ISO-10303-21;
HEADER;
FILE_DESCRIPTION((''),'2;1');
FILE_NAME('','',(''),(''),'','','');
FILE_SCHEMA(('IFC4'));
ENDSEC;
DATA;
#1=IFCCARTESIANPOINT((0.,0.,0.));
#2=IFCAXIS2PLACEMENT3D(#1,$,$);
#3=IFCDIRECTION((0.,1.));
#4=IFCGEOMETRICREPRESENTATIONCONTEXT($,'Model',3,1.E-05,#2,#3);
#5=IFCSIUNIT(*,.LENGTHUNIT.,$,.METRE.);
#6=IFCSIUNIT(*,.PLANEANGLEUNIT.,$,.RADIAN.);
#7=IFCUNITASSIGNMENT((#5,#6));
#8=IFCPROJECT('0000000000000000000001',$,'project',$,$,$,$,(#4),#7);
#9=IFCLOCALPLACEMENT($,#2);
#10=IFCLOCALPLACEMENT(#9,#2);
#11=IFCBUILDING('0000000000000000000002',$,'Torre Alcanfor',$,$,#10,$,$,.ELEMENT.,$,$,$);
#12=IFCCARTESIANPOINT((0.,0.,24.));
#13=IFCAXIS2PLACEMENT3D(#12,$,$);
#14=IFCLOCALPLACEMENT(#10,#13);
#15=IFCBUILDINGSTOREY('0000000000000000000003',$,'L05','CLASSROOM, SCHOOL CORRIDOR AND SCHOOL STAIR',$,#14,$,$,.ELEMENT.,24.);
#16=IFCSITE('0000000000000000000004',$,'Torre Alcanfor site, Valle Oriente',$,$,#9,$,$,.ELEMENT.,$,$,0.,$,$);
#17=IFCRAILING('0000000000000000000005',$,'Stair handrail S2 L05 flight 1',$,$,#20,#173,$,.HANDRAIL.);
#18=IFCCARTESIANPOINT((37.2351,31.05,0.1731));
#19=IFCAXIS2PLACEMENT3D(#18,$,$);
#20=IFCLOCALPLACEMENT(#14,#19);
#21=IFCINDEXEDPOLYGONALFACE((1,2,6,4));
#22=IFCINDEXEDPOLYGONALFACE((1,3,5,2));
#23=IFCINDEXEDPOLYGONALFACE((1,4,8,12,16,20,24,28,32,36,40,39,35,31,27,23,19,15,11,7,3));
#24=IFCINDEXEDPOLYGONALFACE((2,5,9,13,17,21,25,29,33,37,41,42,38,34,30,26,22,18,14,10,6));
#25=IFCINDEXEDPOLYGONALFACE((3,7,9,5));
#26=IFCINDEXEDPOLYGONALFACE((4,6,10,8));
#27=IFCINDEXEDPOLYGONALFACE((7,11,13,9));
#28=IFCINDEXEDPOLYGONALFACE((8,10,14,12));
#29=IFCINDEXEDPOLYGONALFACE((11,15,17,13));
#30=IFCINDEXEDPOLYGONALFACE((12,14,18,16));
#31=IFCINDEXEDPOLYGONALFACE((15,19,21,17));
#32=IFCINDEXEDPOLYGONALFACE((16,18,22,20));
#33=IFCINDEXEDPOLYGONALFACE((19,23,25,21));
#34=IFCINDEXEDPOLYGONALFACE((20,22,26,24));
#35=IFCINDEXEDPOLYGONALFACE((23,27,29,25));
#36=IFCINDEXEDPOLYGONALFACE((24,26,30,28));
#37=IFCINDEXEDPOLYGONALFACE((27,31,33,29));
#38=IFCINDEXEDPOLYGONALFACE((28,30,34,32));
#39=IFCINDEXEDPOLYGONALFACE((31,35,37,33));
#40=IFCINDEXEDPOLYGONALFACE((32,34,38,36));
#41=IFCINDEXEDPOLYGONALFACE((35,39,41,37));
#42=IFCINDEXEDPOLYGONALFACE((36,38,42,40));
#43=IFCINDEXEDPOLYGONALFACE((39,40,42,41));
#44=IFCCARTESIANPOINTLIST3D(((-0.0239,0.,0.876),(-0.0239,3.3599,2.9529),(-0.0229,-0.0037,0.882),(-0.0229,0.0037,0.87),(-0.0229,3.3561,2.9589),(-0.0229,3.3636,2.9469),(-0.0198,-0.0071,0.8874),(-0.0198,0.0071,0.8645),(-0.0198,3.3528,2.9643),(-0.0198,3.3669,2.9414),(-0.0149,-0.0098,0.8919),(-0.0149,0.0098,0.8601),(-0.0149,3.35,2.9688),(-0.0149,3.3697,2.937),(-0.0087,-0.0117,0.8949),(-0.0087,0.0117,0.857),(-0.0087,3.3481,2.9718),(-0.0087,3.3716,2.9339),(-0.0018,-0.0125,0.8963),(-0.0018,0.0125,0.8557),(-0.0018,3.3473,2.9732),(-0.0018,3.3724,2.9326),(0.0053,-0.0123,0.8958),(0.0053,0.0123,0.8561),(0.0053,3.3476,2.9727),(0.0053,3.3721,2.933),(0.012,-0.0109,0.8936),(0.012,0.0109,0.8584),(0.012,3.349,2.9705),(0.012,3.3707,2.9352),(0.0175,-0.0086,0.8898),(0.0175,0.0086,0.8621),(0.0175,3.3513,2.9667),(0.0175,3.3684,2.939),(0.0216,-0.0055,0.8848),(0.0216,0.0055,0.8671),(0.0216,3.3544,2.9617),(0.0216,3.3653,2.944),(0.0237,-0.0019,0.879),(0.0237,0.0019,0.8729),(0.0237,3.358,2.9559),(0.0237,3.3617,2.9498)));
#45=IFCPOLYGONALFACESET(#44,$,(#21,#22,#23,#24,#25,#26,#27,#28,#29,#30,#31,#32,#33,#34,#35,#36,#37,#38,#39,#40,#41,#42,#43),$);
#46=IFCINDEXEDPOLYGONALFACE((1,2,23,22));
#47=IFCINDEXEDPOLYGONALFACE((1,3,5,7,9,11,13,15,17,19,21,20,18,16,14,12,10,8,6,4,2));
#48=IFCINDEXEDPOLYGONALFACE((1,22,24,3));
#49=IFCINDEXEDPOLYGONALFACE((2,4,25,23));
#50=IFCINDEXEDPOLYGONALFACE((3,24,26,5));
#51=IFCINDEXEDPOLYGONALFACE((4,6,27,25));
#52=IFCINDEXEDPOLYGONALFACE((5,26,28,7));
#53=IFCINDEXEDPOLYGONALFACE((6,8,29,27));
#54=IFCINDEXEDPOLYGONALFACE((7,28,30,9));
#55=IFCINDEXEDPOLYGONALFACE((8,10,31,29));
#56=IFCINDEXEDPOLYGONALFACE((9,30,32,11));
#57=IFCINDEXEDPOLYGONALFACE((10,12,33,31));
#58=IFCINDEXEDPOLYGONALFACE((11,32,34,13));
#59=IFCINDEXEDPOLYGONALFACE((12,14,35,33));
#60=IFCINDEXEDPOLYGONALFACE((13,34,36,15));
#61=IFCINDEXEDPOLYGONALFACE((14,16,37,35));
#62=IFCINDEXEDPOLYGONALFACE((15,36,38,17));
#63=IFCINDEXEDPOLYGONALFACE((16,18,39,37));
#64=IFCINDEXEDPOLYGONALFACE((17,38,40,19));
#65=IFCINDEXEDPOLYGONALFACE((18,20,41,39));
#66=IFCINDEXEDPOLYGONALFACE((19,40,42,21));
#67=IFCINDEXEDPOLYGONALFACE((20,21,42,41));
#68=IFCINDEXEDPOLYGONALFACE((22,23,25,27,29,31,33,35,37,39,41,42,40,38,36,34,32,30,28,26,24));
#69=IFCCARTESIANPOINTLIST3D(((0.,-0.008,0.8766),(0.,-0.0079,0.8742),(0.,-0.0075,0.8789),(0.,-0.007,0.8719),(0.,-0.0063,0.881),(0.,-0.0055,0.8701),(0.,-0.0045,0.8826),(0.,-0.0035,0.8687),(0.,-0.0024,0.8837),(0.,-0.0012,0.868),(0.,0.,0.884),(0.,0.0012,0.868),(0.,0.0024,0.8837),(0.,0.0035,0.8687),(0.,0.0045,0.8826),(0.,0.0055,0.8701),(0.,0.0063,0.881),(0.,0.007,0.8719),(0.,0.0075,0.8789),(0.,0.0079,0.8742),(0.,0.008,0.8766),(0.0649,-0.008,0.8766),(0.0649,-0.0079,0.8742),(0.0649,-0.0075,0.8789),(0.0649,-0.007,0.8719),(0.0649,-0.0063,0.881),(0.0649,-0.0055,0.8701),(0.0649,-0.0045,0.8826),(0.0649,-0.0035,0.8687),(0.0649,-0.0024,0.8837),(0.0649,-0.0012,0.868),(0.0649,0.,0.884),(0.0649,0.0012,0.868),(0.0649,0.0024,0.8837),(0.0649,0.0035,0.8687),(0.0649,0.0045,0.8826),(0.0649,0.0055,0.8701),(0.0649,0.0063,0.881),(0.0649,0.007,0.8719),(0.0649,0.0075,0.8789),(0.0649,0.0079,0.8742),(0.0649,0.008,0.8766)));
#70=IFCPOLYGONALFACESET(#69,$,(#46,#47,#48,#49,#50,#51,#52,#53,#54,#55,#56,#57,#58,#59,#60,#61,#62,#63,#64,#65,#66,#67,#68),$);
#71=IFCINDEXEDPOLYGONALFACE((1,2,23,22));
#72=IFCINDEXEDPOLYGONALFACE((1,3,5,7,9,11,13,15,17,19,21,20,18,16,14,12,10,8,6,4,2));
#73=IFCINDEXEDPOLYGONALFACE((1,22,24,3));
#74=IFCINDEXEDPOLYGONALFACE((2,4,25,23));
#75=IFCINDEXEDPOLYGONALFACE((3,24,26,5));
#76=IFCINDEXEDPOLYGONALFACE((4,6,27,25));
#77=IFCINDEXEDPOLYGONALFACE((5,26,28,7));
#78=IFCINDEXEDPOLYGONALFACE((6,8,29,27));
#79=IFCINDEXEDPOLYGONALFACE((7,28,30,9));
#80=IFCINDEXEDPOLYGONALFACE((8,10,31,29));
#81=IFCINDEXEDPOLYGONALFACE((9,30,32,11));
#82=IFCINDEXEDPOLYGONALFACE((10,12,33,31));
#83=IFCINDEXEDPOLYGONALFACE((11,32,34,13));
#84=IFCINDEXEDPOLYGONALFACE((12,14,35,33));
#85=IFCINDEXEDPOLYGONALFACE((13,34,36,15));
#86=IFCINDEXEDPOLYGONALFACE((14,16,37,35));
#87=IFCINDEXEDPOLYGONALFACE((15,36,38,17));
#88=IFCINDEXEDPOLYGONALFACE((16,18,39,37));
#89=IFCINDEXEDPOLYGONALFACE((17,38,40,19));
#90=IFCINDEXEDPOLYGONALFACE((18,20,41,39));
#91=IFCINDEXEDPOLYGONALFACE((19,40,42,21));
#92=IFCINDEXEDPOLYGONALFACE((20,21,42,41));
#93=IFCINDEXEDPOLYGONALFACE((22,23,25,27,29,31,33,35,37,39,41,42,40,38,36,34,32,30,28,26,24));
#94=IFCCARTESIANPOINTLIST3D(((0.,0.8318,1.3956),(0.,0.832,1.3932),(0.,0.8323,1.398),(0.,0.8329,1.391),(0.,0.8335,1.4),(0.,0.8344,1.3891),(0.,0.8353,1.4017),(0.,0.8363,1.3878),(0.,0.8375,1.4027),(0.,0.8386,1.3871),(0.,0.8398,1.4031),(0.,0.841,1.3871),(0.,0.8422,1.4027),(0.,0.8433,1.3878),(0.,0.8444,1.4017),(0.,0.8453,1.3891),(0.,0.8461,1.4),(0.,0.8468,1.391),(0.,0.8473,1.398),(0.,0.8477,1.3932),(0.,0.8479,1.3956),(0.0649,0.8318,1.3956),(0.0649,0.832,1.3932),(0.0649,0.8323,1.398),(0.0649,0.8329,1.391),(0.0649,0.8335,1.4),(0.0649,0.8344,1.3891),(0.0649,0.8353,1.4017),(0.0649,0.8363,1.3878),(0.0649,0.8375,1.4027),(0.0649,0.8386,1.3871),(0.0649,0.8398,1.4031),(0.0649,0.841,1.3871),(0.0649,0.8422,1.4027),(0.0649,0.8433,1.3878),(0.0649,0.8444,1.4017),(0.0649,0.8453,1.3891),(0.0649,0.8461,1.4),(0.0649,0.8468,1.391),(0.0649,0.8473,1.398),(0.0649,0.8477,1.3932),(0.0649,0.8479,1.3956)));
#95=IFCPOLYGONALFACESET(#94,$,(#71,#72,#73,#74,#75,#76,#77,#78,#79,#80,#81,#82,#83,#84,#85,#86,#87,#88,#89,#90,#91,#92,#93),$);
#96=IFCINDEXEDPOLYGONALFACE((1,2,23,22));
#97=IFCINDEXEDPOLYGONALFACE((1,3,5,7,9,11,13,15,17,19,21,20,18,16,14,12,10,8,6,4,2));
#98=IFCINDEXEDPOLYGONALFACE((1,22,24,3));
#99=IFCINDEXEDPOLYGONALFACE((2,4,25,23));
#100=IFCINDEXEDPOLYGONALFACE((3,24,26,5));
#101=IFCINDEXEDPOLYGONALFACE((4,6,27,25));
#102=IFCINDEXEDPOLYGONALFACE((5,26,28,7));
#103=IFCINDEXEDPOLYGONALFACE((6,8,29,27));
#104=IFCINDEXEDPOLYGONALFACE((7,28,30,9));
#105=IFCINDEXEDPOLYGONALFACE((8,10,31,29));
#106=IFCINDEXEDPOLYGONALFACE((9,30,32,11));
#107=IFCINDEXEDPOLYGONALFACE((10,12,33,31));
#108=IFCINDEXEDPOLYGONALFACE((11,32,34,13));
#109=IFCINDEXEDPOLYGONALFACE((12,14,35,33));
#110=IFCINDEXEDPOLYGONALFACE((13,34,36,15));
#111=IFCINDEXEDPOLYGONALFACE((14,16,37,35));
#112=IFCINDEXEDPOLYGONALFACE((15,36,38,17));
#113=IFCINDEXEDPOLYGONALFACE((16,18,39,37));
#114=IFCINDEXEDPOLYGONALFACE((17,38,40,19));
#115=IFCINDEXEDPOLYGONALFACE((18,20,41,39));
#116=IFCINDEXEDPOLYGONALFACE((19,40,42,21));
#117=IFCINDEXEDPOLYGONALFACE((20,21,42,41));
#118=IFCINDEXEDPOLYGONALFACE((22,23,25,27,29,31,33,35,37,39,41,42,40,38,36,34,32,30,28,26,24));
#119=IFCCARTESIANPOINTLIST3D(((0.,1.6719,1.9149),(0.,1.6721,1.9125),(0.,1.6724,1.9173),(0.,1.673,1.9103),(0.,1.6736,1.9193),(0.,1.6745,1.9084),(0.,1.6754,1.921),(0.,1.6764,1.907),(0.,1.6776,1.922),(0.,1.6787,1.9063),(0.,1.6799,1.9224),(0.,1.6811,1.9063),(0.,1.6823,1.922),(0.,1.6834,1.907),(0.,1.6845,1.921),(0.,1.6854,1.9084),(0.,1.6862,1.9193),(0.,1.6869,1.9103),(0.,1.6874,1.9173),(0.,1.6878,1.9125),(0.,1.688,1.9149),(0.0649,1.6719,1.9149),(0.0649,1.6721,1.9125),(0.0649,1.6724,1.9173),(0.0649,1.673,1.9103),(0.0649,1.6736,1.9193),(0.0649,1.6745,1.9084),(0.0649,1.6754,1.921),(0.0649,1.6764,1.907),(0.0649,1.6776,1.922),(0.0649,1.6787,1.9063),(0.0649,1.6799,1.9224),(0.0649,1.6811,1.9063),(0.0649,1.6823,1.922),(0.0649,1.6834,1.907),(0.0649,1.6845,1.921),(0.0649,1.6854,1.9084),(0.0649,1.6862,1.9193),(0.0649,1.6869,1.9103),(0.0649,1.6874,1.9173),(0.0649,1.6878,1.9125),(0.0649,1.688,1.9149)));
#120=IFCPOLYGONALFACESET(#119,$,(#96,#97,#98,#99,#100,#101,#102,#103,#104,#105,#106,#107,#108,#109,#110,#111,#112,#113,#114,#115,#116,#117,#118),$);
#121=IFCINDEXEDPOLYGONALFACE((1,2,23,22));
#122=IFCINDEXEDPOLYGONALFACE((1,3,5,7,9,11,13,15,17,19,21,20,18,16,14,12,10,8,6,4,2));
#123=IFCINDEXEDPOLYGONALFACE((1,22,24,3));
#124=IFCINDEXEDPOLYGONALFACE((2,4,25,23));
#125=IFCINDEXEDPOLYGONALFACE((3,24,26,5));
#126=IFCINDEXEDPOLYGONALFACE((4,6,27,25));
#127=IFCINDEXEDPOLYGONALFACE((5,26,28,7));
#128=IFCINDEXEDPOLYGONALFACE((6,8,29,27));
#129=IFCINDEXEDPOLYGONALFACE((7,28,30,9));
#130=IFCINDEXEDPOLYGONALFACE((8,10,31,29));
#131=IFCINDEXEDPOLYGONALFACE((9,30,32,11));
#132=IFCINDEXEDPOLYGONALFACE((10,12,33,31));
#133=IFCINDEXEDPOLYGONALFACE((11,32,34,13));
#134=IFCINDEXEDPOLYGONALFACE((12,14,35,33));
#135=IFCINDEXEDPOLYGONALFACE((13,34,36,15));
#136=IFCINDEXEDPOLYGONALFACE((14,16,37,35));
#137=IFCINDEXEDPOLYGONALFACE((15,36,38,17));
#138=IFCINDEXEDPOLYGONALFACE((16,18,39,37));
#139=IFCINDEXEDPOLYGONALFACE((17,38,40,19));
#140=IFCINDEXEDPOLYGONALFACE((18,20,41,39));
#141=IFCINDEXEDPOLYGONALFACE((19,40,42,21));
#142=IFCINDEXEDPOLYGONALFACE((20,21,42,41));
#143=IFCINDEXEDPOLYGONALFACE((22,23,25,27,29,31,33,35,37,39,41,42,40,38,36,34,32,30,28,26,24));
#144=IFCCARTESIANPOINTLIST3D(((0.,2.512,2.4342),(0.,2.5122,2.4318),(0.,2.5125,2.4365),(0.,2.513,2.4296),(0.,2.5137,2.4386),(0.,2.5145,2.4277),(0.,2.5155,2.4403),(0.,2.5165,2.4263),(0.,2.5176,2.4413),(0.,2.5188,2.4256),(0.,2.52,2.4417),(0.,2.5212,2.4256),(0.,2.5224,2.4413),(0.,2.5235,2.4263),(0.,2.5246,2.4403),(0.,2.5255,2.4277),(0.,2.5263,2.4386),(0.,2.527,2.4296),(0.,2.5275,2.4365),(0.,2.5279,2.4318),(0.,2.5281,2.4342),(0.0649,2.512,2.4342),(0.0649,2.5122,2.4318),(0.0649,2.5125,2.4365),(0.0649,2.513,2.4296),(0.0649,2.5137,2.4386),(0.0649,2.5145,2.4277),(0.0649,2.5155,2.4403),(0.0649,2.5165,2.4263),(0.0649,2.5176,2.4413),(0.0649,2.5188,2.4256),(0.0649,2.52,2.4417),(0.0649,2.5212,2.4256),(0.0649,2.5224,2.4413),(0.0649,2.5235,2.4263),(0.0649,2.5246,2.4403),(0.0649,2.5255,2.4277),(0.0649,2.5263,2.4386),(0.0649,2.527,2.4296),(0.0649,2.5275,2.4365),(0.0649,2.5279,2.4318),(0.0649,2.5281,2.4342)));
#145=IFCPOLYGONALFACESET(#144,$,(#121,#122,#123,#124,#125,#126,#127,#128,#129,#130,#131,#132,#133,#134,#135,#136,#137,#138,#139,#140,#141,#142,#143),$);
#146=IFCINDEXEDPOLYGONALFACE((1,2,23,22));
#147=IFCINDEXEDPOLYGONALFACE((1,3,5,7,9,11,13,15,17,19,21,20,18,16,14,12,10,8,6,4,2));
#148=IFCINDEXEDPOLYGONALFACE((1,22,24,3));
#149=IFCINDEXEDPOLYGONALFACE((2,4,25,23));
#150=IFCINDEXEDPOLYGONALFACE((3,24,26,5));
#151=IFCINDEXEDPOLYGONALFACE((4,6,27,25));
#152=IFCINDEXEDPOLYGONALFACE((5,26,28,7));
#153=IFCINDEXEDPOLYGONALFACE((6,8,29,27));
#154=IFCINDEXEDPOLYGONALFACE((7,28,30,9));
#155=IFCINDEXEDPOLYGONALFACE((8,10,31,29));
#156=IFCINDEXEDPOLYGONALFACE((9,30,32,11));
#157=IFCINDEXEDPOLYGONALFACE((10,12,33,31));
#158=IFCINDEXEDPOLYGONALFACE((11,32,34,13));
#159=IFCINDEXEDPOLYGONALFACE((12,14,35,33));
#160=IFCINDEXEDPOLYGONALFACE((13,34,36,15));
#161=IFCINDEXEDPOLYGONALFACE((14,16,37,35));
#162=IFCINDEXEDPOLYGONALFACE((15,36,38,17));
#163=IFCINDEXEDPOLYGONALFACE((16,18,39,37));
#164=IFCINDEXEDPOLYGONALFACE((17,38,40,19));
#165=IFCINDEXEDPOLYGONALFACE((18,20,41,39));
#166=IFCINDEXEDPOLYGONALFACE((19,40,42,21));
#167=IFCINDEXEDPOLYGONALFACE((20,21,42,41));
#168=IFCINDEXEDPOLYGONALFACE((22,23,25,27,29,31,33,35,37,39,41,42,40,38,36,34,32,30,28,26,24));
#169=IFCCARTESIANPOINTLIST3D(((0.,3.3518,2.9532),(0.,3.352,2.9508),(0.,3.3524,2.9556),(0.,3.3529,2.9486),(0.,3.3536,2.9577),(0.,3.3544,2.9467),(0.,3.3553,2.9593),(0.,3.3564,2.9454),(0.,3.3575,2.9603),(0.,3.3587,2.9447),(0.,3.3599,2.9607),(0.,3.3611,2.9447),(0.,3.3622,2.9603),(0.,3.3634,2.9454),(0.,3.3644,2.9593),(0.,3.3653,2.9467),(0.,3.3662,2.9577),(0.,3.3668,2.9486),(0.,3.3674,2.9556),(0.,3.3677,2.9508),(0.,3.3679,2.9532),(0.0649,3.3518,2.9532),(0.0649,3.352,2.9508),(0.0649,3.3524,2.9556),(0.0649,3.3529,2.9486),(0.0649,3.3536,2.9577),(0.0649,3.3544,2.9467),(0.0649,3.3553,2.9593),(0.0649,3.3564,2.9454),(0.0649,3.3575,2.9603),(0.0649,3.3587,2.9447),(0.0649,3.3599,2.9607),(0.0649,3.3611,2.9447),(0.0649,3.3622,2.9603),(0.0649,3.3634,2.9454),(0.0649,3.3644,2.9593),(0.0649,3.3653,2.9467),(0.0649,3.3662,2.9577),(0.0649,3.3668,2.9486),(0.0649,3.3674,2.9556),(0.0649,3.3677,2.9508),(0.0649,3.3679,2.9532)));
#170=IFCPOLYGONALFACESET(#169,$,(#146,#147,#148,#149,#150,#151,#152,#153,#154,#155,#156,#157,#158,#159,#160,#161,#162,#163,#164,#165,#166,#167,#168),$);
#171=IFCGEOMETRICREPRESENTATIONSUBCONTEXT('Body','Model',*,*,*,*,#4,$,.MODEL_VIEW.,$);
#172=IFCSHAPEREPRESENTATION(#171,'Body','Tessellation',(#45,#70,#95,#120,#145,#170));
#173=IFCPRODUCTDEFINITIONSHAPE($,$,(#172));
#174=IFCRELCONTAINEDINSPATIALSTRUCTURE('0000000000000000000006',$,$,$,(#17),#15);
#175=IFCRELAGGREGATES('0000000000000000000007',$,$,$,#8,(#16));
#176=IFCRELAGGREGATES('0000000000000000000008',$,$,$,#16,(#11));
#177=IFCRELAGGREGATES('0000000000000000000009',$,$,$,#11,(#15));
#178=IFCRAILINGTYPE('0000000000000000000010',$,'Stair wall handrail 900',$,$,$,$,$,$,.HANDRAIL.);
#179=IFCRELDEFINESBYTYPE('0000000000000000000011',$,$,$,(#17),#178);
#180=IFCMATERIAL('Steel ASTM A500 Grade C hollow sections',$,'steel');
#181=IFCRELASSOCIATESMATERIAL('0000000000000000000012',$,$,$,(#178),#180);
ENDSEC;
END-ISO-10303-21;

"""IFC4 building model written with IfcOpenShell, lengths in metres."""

from ifc_helpers import new_model, si_unit, direction, frame, origin, origin_2d, place, context, subcontext, project, spatial, circle, extrude, material, type_object, element, save


model = new_model("IFC4")

# Units and contexts
model_context = context("Model", 3, precision=1e-05, world=origin(), true_north=direction((0.0, 1.0)))
body_context = subcontext(model_context, "Body", "Model", "MODEL_VIEW")
ifc_project = project(units=[si_unit("LENGTHUNIT", "METRE"), si_unit("PLANEANGLEUNIT", "RADIAN")], contexts=[model_context])

# Site, building, storey
site_placement = place(None, origin())
site = spatial("IfcSite", under=ifc_project, at=site_placement, Name="Torre Alcanfor site, Valle Oriente", CompositionType="ELEMENT", RefElevation=0.0)
building_placement = place(site_placement, origin())
building = spatial("IfcBuilding", under=site, at=building_placement, Name="Torre Alcanfor", CompositionType="ELEMENT")
storey_placement = place(building_placement, frame((0.0, 0.0, 24.0)))
storey = spatial("IfcBuildingStorey", under=building, at=storey_placement, Name="L05", Description="CLASSROOM, SCHOOL CORRIDOR AND SCHOOL STAIR", CompositionType="ELEMENT", Elevation=24.0)

# Railing
ifc_material_1 = material(Name="Steel ASTM A500 Grade C hollow sections", Category="steel")
railing_type_1 = type_object("IfcRailingType", Name="Stair wall handrail 900", PredefinedType="HANDRAIL", material=ifc_material_1)
railing_1_placement = place(storey_placement, frame((37.2351, 31.05, 0.1731)))
element("IfcRailing", 1, at=railing_1_placement, inside=storey, type_object=railing_type_1, Name="Stair handrail S2 L05 flight 1", PredefinedType="HANDRAIL", context=body_context, shape_type="SweptSolid", body=[
    extrude(circle(Radius=0.0239, at=origin_2d()), frame((0.0, 0.0, 0.876), z_axis=(0.0, 0.850606, 0.525803), x_axis=(-1.0, 0.0, 0.0)), (0.0, 0.0, 1.0), 3.95),
    extrude(circle(Radius=0.0081, at=origin_2d()), frame((0.0, 0.0, 0.876), z_axis=(1.0, 0.0, 0.0), x_axis=(0.0, 0.0, 1.0)), (0.0, 0.0, 1.0), 0.0649),
    extrude(circle(Radius=0.0081, at=origin_2d()), frame((0.0, 0.8398, 1.395), z_axis=(1.0, 0.0, 0.0), x_axis=(0.0, 0.0, 1.0)), (0.0, 0.0, 1.0), 0.0649),
    extrude(circle(Radius=0.0081, at=origin_2d()), frame((0.0, 1.6799, 1.9143), z_axis=(1.0, 0.0, 0.0), x_axis=(0.0, 0.0, 1.0)), (0.0, 0.0, 1.0), 0.0649),
    extrude(circle(Radius=0.0081, at=origin_2d()), frame((0.0, 2.52, 2.4336), z_axis=(1.0, 0.0, 0.0), x_axis=(0.0, 0.0, 1.0)), (0.0, 0.0, 1.0), 0.0649),
    extrude(circle(Radius=0.0081, at=origin_2d()), frame((0.0, 3.3599, 2.9526), z_axis=(1.0, 0.0, 0.0), x_axis=(0.0, 0.0, 1.0)), (0.0, 0.0, 1.0), 0.0649),
])

save(model, "model.ifc")
